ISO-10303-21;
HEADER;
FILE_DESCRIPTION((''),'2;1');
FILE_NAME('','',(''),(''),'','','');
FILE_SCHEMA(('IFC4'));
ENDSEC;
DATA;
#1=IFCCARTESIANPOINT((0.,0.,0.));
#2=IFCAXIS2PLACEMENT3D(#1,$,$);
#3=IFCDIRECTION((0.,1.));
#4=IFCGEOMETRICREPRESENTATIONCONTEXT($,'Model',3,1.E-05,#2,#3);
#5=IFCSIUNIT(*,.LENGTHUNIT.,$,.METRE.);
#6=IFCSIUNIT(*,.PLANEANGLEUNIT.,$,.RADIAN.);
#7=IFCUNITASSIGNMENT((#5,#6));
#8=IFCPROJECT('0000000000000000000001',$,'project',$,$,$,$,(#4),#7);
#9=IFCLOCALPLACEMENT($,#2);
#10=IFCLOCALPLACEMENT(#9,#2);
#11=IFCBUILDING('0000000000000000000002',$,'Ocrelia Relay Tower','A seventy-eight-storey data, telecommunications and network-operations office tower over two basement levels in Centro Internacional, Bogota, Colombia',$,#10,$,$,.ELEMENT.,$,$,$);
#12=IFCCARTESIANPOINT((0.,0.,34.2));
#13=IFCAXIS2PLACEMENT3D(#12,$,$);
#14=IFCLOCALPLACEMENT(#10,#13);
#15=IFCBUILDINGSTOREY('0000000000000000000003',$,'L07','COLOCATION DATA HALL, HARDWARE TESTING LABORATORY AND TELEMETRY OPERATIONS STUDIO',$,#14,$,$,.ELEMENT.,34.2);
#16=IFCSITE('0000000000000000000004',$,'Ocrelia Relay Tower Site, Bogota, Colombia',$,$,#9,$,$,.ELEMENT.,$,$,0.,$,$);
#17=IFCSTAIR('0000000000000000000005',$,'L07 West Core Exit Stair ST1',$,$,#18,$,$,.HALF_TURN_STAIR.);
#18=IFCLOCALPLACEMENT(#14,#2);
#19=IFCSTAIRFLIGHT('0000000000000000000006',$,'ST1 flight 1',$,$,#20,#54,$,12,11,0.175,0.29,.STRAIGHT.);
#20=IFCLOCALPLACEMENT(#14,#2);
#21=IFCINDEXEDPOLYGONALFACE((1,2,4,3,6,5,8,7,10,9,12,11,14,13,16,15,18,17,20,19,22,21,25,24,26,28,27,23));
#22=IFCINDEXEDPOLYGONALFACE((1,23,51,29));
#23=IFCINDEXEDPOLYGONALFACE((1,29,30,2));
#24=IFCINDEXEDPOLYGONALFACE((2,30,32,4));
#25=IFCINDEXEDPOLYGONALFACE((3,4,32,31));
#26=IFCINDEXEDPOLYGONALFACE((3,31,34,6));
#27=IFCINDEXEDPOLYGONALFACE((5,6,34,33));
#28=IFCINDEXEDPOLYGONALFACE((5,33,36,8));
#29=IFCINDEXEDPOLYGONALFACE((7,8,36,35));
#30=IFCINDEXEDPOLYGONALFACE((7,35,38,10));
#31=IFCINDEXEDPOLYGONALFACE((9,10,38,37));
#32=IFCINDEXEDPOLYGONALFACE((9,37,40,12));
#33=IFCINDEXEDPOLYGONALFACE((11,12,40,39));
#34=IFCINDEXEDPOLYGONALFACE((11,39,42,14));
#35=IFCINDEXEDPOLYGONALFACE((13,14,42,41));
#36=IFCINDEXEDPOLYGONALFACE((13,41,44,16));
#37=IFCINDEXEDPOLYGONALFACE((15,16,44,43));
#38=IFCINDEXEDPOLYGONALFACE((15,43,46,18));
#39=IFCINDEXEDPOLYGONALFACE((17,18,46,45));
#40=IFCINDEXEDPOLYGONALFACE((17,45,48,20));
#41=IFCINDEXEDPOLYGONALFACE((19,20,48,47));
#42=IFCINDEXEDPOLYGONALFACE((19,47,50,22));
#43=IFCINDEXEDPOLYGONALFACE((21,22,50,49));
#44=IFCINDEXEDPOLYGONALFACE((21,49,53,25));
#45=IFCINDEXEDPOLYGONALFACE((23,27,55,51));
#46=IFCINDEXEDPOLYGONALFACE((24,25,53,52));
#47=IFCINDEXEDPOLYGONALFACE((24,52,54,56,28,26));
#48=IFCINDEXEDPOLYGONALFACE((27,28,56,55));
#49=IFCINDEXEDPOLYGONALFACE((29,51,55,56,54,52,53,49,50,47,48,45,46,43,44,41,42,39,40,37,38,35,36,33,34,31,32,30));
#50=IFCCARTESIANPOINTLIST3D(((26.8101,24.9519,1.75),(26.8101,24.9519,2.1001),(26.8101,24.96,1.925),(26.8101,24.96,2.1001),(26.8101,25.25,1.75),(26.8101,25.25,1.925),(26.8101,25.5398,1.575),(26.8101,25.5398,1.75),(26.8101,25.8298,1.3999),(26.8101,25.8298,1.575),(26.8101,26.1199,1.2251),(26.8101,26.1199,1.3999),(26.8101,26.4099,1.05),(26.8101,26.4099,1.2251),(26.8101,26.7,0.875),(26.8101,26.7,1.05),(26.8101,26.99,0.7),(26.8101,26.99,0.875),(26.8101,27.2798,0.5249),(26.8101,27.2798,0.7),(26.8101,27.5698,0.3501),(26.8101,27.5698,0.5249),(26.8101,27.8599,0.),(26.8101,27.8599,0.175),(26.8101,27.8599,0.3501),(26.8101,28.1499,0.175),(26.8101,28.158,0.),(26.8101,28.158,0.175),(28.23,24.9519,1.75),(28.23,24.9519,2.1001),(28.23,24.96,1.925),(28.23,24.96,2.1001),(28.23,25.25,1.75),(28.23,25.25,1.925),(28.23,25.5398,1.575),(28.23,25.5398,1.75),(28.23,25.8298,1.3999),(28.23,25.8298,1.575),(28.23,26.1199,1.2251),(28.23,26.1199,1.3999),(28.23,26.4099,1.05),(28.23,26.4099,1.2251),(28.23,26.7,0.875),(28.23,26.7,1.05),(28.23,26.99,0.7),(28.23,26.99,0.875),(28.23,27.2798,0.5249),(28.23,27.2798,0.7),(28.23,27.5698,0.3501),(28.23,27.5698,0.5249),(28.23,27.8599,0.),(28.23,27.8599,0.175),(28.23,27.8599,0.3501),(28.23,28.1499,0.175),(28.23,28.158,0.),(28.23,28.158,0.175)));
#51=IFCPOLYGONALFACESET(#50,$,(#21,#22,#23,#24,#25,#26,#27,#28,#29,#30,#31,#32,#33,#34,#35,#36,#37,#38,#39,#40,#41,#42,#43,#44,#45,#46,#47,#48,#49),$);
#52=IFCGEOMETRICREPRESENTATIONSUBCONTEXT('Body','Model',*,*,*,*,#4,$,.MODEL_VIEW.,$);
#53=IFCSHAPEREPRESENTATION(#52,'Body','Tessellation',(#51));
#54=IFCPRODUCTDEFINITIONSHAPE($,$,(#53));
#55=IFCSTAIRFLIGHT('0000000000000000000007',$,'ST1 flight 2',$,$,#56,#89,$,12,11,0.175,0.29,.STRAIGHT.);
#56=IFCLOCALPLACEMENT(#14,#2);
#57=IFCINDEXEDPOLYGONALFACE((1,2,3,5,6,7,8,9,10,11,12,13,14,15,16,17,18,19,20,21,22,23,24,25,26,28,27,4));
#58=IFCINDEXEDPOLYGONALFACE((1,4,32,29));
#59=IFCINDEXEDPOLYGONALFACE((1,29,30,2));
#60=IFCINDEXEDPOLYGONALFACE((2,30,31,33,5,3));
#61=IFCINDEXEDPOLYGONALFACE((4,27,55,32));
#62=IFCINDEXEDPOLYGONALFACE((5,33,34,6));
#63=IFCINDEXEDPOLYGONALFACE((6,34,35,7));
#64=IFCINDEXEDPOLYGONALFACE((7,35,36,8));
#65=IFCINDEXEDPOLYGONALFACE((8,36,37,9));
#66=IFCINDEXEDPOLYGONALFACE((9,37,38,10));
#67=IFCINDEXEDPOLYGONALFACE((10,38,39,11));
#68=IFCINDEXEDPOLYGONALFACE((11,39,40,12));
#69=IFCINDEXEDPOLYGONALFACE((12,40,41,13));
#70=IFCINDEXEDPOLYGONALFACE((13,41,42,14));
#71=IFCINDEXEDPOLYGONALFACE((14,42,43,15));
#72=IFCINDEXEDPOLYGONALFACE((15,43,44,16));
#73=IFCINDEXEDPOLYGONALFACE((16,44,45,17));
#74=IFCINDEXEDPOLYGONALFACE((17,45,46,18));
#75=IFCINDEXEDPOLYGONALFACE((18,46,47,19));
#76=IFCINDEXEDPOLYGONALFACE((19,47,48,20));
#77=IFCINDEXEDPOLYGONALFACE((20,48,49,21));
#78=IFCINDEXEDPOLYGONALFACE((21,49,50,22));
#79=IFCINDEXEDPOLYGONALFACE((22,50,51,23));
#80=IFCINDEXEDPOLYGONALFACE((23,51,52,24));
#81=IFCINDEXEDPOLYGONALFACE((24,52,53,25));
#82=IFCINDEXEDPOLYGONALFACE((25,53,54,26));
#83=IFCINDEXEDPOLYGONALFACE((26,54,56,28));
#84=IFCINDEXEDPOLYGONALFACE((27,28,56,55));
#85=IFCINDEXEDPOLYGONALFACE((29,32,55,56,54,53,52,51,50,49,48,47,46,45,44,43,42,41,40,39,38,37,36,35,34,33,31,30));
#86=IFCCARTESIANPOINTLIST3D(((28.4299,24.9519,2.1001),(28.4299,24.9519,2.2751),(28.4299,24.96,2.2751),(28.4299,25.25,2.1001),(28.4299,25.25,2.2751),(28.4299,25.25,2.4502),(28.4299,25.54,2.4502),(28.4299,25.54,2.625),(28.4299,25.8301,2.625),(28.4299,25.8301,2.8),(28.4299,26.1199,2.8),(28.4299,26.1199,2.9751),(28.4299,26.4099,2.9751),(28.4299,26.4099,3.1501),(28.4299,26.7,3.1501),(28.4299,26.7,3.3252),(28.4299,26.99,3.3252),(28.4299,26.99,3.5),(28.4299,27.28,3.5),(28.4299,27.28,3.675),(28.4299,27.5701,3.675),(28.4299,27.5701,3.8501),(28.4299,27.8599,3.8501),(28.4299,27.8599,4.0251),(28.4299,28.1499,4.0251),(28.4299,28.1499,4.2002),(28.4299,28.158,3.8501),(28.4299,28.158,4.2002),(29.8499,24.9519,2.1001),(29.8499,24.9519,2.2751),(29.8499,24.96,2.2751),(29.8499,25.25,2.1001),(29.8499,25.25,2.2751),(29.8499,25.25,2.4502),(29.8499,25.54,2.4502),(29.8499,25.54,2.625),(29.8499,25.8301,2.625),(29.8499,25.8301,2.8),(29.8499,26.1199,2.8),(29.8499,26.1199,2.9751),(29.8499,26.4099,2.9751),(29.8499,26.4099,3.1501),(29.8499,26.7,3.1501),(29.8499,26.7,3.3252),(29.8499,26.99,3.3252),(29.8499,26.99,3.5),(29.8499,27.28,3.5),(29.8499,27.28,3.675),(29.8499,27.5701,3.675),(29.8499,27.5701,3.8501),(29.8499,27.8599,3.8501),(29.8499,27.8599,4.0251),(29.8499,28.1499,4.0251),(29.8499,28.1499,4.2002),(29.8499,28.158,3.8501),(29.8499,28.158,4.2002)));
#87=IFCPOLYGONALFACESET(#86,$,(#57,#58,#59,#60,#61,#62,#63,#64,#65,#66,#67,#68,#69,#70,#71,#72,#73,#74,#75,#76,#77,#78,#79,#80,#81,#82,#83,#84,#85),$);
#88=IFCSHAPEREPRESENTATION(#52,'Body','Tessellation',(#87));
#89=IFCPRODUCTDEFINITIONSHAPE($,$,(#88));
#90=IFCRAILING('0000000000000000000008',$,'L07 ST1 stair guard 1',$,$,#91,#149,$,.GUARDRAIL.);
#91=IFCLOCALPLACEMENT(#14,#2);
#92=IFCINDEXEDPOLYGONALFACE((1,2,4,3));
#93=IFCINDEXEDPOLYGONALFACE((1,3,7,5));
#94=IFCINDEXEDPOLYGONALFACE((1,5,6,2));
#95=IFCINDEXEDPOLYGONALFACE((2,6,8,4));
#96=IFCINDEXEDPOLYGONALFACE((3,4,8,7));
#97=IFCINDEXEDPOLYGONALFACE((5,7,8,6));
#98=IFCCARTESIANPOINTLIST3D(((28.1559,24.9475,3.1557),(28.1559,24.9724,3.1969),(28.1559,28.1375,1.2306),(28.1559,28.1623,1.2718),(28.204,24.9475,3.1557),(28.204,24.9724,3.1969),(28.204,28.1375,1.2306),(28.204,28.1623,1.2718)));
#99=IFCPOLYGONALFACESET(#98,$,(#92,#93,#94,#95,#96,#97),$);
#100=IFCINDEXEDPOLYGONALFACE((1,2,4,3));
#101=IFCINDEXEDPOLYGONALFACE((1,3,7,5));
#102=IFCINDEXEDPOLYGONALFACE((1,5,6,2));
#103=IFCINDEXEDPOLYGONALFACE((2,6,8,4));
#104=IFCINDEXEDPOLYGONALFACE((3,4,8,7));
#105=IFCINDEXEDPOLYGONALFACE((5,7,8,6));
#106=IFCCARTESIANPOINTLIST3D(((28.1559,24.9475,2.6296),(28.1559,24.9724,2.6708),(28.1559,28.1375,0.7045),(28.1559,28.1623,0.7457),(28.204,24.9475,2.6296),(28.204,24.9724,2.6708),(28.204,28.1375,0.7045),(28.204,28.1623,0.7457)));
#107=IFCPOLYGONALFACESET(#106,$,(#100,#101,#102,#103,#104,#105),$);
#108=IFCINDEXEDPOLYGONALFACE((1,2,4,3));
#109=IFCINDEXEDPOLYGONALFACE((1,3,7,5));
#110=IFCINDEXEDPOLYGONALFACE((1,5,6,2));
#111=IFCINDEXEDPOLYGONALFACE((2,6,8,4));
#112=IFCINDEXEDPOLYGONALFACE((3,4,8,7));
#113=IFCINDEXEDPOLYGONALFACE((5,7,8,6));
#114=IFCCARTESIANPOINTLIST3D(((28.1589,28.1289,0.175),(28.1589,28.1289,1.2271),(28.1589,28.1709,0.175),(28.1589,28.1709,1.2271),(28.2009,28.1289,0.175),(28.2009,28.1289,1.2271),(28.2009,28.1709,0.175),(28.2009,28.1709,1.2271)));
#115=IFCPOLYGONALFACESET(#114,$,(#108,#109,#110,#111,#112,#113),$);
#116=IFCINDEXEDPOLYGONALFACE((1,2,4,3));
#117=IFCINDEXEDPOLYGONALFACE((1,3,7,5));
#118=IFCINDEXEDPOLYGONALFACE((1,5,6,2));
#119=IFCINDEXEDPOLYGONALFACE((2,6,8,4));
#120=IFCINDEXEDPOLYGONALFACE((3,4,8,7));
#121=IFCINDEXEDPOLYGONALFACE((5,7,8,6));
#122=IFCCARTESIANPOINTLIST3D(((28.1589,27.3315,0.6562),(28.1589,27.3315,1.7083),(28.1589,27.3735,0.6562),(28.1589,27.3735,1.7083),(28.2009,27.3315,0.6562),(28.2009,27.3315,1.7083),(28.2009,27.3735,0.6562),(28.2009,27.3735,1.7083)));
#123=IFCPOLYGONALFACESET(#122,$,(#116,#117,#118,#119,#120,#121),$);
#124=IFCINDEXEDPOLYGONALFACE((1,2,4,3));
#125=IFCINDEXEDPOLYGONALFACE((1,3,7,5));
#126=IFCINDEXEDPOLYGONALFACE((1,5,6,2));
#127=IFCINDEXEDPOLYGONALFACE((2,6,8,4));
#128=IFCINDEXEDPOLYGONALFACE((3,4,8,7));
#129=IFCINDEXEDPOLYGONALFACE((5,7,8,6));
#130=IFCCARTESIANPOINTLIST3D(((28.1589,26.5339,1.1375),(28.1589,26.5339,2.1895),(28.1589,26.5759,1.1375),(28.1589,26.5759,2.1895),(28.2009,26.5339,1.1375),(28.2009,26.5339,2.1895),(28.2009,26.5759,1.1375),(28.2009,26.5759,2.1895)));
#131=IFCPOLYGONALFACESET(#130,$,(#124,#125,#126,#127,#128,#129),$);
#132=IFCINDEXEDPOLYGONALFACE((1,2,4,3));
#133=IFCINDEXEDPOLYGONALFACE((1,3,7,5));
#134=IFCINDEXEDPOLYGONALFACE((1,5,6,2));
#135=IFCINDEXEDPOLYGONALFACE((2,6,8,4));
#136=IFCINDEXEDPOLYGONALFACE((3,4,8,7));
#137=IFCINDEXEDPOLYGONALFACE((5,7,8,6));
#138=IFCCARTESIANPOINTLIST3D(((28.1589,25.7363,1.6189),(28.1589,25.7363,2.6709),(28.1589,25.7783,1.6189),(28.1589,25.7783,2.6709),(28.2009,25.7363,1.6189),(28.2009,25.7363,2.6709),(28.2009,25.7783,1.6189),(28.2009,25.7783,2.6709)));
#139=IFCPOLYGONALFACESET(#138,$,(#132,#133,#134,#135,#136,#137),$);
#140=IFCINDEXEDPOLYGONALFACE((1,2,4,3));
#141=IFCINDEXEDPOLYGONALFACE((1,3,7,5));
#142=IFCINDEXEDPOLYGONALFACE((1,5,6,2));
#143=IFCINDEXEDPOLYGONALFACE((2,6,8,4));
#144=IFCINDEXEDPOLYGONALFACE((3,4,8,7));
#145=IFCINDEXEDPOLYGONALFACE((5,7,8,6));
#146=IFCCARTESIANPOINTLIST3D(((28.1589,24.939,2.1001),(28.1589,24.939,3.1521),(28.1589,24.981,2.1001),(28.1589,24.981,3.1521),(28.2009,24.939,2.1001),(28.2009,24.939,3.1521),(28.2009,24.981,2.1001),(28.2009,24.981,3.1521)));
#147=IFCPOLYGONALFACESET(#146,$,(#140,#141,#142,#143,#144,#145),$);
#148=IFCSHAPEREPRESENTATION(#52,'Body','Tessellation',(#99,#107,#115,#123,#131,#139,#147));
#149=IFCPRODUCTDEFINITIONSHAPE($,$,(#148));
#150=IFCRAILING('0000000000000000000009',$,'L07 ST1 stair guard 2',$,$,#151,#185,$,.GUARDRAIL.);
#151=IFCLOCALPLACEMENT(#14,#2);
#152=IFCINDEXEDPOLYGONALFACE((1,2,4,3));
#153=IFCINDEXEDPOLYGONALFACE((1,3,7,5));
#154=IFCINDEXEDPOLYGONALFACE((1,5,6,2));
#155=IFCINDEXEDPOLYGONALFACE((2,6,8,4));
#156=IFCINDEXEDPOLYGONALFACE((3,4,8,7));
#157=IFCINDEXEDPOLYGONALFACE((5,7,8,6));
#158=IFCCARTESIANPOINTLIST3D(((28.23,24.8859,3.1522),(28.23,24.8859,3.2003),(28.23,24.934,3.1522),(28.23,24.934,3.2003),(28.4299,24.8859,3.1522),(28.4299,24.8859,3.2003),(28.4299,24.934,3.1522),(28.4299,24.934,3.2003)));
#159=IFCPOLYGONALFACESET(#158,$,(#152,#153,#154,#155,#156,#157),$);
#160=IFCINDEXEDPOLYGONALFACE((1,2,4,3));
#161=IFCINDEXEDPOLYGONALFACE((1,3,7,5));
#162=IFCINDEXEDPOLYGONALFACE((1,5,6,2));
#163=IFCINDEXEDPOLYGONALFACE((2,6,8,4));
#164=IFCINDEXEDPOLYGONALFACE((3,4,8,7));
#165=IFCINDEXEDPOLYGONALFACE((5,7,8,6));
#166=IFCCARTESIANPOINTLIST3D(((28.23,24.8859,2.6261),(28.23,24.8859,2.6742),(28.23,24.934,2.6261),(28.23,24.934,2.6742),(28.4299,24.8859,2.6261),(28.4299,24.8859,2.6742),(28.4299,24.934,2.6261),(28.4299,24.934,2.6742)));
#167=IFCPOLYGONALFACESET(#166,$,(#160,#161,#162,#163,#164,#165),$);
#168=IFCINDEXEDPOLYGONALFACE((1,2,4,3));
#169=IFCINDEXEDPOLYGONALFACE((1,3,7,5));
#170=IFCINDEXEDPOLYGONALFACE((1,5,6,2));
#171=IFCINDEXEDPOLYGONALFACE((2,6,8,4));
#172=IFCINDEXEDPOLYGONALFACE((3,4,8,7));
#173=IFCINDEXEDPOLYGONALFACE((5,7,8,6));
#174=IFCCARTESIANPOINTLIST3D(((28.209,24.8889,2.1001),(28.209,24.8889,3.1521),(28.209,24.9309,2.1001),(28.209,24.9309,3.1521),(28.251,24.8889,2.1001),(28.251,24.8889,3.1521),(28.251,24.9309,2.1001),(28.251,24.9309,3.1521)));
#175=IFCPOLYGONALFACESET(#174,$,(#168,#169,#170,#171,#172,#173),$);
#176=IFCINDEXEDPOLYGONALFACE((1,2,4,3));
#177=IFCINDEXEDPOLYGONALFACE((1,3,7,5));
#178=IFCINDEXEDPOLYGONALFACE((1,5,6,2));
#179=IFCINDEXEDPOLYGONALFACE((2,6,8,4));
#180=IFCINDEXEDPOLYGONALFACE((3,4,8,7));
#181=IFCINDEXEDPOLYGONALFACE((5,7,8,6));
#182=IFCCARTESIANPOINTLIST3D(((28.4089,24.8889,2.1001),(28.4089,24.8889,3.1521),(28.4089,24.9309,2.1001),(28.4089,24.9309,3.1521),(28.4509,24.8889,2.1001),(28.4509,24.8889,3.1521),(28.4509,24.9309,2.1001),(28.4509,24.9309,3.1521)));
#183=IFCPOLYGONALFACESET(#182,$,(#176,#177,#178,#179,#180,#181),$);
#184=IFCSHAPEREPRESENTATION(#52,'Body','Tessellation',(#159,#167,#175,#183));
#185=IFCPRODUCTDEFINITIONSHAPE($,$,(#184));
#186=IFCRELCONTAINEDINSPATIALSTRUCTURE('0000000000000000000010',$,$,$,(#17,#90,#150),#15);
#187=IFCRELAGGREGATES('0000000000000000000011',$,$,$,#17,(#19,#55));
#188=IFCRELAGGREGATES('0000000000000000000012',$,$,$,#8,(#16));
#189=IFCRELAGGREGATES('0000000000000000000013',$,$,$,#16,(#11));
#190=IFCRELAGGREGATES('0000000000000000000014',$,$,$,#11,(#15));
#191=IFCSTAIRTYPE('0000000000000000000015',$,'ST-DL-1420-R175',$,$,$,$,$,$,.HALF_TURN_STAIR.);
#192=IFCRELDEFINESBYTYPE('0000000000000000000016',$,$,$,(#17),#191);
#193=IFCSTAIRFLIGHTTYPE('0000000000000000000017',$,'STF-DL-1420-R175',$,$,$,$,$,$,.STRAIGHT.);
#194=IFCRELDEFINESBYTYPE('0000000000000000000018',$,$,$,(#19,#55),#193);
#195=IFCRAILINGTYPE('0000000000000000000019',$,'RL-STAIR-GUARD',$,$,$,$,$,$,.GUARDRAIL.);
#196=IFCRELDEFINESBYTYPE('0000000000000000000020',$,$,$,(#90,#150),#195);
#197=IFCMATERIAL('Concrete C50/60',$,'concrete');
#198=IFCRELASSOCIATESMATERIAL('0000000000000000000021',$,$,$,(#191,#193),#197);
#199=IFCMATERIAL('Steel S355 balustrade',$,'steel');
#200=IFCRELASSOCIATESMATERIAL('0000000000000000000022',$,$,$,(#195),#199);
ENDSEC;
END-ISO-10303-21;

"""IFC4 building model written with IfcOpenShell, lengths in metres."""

from ifc_helpers import new_model, si_unit, direction, frame, origin, origin_2d, place, context, subcontext, project, spatial, polyline, rectangle, outline, extrude, material, type_object, element, aggregate, save


model = new_model("IFC4")

# Units and contexts
model_context = context("Model", 3, precision=1e-05, world=origin(), true_north=direction((0.0, 1.0)))
body_context = subcontext(model_context, "Body", "Model", "MODEL_VIEW")
ifc_project = project(units=[si_unit("LENGTHUNIT", "METRE"), si_unit("PLANEANGLEUNIT", "RADIAN")], contexts=[model_context])

# Site, building, storey
site_placement = place(None, origin())
site = spatial("IfcSite", under=ifc_project, at=site_placement, Name="Ocrelia Relay Tower Site, Bogota, Colombia", CompositionType="ELEMENT", RefElevation=0.0)
building_placement = place(site_placement, origin())
building = spatial("IfcBuilding", under=site, at=building_placement, Name="Ocrelia Relay Tower", Description="A seventy-eight-storey data, telecommunications and network-operations office tower over two basement levels in Centro Internacional, Bogota, Colombia", CompositionType="ELEMENT")
storey_placement = place(building_placement, frame((0.0, 0.0, 34.2)))
storey = spatial("IfcBuildingStorey", under=building, at=storey_placement, Name="L07", Description="COLOCATION DATA HALL, HARDWARE TESTING LABORATORY AND TELEMETRY OPERATIONS STUDIO", CompositionType="ELEMENT", Elevation=34.2)

# Shared definitions
ifc_material_1 = material(Name="Concrete C50/60", Category="concrete")

# Stair, stair flights
stair_type = type_object("IfcStairType", Name="ST-DL-1420-R175", PredefinedType="HALF_TURN_STAIR", material=ifc_material_1)
stair_placement = place(storey_placement, origin())
stair = element("IfcStair", 1, at=stair_placement, inside=storey, type_object=stair_type, Name="L07 West Core Exit Stair ST1", PredefinedType="HALF_TURN_STAIR")
stair_flight_type = type_object("IfcStairFlightType", Name="STF-DL-1420-R175", PredefinedType="STRAIGHT", material=ifc_material_1)
stair_flight_1_placement = place(storey_placement, frame((27.52, 28.1499, 0.0), z_axis=(0.0, 0.0, 1.0), x_axis=(0.0, -1.0, 0.0)))
stair_flight_1 = element("IfcStairFlight", 2, at=stair_flight_1_placement, type_object=stair_flight_type, Name="ST1 flight 1", NumberOfRisers=12, NumberOfTreads=11, PredefinedType="STRAIGHT", RiserHeight=0.175, TreadLength=0.29, context=body_context, shape_type="SweptSolid", body=[
    extrude(outline(polyline([(-0.0081, 0.0), (-0.0081, 0.175), (0.0, 0.175), (0.29, 0.175), (0.29, 0.3501), (0.5801, 0.3501), (0.5801, 0.5249), (0.8701, 0.5249), (0.8701, 0.7), (1.1599, 0.7), (1.1599, 0.875), (1.45, 0.875), (1.45, 1.05), (1.74, 1.05), (1.74, 1.2251), (2.03, 1.2251), (2.03, 1.3999), (2.3201, 1.3999), (2.3201, 1.575), (2.6101, 1.575), (2.6101, 1.75), (2.8999, 1.75), (2.8999, 1.925), (3.1899, 1.925), (3.1899, 2.1001), (3.198, 2.1001), (3.198, 1.75), (0.29, 0.0), (-0.0081, 0.0)])), frame((0.0, 0.71, 0.0), z_axis=(0.0, -1.0, 0.0), x_axis=(1.0, 0.0, 0.0)), (0.0, 0.0, 1.0), 1.4199),
])
stair_flight_2_placement = place(storey_placement, frame((29.1399, 24.96, 2.1001), z_axis=(0.0, 0.0, 1.0), x_axis=(0.0, 1.0, 0.0)))
stair_flight_2 = element("IfcStairFlight", 3, at=stair_flight_2_placement, type_object=stair_flight_type, Name="ST1 flight 2", NumberOfRisers=12, NumberOfTreads=11, PredefinedType="STRAIGHT", RiserHeight=0.175, TreadLength=0.29, context=body_context, shape_type="SweptSolid", body=[
    extrude(outline(polyline([(-0.0081, 0.0), (-0.0081, 0.175), (0.0, 0.175), (0.29, 0.175), (0.29, 0.3501), (0.5801, 0.3501), (0.5801, 0.5249), (0.8701, 0.5249), (0.8701, 0.7), (1.1599, 0.7), (1.1599, 0.875), (1.45, 0.875), (1.45, 1.05), (1.74, 1.05), (1.74, 1.2251), (2.03, 1.2251), (2.03, 1.3999), (2.3201, 1.3999), (2.3201, 1.575), (2.6101, 1.575), (2.6101, 1.75), (2.8999, 1.75), (2.8999, 1.925), (3.1899, 1.925), (3.1899, 2.1001), (3.198, 2.1001), (3.198, 1.75), (0.29, 0.0), (-0.0081, 0.0)])), frame((0.0, 0.71, 0.0), z_axis=(0.0, -1.0, 0.0), x_axis=(1.0, 0.0, 0.0)), (0.0, 0.0, 1.0), 1.4199),
])
aggregate(stair, [stair_flight_1, stair_flight_2])

# Railings
ifc_material_2 = material(Name="Steel S355 balustrade", Category="steel")
railing_type_1 = type_object("IfcRailingType", Name="RL-STAIR-GUARD", PredefinedType="GUARDRAIL", material=ifc_material_2)
railing_1_placement = place(storey_placement, frame((28.1799, 28.1499, 0.175)))
element("IfcRailing", 4, at=railing_1_placement, inside=storey, type_object=railing_type_1, Name="L07 ST1 stair guard 1", PredefinedType="GUARDRAIL", context=body_context, shape_type="SweptSolid", body=[
    extrude(rectangle(XDim=0.0481, YDim=0.0481, at=origin_2d()), frame((0.0, 0.0, 1.0762), z_axis=(0.0, -0.856178, 0.516682), x_axis=(1.0, 0.0, 0.0)), (0.0, 0.0, 1.0), 3.7258),
    extrude(rectangle(XDim=0.0481, YDim=0.0481, at=origin_2d()), frame((0.0, 0.0, 0.55), z_axis=(0.0, -0.856178, 0.516682), x_axis=(1.0, 0.0, 0.0)), (0.0, 0.0, 1.0), 3.7258),
    extrude(rectangle(XDim=0.042, YDim=0.042, at=origin_2d()), origin(), (0.0, 0.0, 1.0), 1.052),
    extrude(rectangle(XDim=0.042, YDim=0.042, at=origin_2d()), frame((0.0, -0.7974, 0.4812)), (0.0, 0.0, 1.0), 1.052),
    extrude(rectangle(XDim=0.042, YDim=0.042, at=origin_2d()), frame((0.0, -1.595, 0.9624)), (0.0, 0.0, 1.0), 1.052),
    extrude(rectangle(XDim=0.042, YDim=0.042, at=origin_2d()), frame((0.0, -2.3926, 1.4438)), (0.0, 0.0, 1.0), 1.052),
    extrude(rectangle(XDim=0.042, YDim=0.042, at=origin_2d()), frame((0.0, -3.1899, 1.925)), (0.0, 0.0, 1.0), 1.052),
])
railing_2_placement = place(storey_placement, frame((28.23, 24.9099, 2.1001)))
element("IfcRailing", 5, at=railing_2_placement, inside=storey, type_object=railing_type_1, Name="L07 ST1 stair guard 2", PredefinedType="GUARDRAIL", context=body_context, shape_type="SweptSolid", body=[
    extrude(rectangle(XDim=0.0481, YDim=0.0481, at=origin_2d()), frame((0.0, 0.0, 1.0762), z_axis=(1.0, 0.0, 0.0), x_axis=(0.0, 1.0, 0.0)), (0.0, 0.0, 1.0), 0.2),
    extrude(rectangle(XDim=0.0481, YDim=0.0481, at=origin_2d()), frame((0.0, 0.0, 0.55), z_axis=(1.0, 0.0, 0.0), x_axis=(0.0, 1.0, 0.0)), (0.0, 0.0, 1.0), 0.2),
    extrude(rectangle(XDim=0.042, YDim=0.042, at=origin_2d()), origin(), (0.0, 0.0, 1.0), 1.052),
    extrude(rectangle(XDim=0.042, YDim=0.042, at=origin_2d()), frame((0.2, 0.0, 0.0)), (0.0, 0.0, 1.0), 1.052),
])

save(model, "model.ifc")
